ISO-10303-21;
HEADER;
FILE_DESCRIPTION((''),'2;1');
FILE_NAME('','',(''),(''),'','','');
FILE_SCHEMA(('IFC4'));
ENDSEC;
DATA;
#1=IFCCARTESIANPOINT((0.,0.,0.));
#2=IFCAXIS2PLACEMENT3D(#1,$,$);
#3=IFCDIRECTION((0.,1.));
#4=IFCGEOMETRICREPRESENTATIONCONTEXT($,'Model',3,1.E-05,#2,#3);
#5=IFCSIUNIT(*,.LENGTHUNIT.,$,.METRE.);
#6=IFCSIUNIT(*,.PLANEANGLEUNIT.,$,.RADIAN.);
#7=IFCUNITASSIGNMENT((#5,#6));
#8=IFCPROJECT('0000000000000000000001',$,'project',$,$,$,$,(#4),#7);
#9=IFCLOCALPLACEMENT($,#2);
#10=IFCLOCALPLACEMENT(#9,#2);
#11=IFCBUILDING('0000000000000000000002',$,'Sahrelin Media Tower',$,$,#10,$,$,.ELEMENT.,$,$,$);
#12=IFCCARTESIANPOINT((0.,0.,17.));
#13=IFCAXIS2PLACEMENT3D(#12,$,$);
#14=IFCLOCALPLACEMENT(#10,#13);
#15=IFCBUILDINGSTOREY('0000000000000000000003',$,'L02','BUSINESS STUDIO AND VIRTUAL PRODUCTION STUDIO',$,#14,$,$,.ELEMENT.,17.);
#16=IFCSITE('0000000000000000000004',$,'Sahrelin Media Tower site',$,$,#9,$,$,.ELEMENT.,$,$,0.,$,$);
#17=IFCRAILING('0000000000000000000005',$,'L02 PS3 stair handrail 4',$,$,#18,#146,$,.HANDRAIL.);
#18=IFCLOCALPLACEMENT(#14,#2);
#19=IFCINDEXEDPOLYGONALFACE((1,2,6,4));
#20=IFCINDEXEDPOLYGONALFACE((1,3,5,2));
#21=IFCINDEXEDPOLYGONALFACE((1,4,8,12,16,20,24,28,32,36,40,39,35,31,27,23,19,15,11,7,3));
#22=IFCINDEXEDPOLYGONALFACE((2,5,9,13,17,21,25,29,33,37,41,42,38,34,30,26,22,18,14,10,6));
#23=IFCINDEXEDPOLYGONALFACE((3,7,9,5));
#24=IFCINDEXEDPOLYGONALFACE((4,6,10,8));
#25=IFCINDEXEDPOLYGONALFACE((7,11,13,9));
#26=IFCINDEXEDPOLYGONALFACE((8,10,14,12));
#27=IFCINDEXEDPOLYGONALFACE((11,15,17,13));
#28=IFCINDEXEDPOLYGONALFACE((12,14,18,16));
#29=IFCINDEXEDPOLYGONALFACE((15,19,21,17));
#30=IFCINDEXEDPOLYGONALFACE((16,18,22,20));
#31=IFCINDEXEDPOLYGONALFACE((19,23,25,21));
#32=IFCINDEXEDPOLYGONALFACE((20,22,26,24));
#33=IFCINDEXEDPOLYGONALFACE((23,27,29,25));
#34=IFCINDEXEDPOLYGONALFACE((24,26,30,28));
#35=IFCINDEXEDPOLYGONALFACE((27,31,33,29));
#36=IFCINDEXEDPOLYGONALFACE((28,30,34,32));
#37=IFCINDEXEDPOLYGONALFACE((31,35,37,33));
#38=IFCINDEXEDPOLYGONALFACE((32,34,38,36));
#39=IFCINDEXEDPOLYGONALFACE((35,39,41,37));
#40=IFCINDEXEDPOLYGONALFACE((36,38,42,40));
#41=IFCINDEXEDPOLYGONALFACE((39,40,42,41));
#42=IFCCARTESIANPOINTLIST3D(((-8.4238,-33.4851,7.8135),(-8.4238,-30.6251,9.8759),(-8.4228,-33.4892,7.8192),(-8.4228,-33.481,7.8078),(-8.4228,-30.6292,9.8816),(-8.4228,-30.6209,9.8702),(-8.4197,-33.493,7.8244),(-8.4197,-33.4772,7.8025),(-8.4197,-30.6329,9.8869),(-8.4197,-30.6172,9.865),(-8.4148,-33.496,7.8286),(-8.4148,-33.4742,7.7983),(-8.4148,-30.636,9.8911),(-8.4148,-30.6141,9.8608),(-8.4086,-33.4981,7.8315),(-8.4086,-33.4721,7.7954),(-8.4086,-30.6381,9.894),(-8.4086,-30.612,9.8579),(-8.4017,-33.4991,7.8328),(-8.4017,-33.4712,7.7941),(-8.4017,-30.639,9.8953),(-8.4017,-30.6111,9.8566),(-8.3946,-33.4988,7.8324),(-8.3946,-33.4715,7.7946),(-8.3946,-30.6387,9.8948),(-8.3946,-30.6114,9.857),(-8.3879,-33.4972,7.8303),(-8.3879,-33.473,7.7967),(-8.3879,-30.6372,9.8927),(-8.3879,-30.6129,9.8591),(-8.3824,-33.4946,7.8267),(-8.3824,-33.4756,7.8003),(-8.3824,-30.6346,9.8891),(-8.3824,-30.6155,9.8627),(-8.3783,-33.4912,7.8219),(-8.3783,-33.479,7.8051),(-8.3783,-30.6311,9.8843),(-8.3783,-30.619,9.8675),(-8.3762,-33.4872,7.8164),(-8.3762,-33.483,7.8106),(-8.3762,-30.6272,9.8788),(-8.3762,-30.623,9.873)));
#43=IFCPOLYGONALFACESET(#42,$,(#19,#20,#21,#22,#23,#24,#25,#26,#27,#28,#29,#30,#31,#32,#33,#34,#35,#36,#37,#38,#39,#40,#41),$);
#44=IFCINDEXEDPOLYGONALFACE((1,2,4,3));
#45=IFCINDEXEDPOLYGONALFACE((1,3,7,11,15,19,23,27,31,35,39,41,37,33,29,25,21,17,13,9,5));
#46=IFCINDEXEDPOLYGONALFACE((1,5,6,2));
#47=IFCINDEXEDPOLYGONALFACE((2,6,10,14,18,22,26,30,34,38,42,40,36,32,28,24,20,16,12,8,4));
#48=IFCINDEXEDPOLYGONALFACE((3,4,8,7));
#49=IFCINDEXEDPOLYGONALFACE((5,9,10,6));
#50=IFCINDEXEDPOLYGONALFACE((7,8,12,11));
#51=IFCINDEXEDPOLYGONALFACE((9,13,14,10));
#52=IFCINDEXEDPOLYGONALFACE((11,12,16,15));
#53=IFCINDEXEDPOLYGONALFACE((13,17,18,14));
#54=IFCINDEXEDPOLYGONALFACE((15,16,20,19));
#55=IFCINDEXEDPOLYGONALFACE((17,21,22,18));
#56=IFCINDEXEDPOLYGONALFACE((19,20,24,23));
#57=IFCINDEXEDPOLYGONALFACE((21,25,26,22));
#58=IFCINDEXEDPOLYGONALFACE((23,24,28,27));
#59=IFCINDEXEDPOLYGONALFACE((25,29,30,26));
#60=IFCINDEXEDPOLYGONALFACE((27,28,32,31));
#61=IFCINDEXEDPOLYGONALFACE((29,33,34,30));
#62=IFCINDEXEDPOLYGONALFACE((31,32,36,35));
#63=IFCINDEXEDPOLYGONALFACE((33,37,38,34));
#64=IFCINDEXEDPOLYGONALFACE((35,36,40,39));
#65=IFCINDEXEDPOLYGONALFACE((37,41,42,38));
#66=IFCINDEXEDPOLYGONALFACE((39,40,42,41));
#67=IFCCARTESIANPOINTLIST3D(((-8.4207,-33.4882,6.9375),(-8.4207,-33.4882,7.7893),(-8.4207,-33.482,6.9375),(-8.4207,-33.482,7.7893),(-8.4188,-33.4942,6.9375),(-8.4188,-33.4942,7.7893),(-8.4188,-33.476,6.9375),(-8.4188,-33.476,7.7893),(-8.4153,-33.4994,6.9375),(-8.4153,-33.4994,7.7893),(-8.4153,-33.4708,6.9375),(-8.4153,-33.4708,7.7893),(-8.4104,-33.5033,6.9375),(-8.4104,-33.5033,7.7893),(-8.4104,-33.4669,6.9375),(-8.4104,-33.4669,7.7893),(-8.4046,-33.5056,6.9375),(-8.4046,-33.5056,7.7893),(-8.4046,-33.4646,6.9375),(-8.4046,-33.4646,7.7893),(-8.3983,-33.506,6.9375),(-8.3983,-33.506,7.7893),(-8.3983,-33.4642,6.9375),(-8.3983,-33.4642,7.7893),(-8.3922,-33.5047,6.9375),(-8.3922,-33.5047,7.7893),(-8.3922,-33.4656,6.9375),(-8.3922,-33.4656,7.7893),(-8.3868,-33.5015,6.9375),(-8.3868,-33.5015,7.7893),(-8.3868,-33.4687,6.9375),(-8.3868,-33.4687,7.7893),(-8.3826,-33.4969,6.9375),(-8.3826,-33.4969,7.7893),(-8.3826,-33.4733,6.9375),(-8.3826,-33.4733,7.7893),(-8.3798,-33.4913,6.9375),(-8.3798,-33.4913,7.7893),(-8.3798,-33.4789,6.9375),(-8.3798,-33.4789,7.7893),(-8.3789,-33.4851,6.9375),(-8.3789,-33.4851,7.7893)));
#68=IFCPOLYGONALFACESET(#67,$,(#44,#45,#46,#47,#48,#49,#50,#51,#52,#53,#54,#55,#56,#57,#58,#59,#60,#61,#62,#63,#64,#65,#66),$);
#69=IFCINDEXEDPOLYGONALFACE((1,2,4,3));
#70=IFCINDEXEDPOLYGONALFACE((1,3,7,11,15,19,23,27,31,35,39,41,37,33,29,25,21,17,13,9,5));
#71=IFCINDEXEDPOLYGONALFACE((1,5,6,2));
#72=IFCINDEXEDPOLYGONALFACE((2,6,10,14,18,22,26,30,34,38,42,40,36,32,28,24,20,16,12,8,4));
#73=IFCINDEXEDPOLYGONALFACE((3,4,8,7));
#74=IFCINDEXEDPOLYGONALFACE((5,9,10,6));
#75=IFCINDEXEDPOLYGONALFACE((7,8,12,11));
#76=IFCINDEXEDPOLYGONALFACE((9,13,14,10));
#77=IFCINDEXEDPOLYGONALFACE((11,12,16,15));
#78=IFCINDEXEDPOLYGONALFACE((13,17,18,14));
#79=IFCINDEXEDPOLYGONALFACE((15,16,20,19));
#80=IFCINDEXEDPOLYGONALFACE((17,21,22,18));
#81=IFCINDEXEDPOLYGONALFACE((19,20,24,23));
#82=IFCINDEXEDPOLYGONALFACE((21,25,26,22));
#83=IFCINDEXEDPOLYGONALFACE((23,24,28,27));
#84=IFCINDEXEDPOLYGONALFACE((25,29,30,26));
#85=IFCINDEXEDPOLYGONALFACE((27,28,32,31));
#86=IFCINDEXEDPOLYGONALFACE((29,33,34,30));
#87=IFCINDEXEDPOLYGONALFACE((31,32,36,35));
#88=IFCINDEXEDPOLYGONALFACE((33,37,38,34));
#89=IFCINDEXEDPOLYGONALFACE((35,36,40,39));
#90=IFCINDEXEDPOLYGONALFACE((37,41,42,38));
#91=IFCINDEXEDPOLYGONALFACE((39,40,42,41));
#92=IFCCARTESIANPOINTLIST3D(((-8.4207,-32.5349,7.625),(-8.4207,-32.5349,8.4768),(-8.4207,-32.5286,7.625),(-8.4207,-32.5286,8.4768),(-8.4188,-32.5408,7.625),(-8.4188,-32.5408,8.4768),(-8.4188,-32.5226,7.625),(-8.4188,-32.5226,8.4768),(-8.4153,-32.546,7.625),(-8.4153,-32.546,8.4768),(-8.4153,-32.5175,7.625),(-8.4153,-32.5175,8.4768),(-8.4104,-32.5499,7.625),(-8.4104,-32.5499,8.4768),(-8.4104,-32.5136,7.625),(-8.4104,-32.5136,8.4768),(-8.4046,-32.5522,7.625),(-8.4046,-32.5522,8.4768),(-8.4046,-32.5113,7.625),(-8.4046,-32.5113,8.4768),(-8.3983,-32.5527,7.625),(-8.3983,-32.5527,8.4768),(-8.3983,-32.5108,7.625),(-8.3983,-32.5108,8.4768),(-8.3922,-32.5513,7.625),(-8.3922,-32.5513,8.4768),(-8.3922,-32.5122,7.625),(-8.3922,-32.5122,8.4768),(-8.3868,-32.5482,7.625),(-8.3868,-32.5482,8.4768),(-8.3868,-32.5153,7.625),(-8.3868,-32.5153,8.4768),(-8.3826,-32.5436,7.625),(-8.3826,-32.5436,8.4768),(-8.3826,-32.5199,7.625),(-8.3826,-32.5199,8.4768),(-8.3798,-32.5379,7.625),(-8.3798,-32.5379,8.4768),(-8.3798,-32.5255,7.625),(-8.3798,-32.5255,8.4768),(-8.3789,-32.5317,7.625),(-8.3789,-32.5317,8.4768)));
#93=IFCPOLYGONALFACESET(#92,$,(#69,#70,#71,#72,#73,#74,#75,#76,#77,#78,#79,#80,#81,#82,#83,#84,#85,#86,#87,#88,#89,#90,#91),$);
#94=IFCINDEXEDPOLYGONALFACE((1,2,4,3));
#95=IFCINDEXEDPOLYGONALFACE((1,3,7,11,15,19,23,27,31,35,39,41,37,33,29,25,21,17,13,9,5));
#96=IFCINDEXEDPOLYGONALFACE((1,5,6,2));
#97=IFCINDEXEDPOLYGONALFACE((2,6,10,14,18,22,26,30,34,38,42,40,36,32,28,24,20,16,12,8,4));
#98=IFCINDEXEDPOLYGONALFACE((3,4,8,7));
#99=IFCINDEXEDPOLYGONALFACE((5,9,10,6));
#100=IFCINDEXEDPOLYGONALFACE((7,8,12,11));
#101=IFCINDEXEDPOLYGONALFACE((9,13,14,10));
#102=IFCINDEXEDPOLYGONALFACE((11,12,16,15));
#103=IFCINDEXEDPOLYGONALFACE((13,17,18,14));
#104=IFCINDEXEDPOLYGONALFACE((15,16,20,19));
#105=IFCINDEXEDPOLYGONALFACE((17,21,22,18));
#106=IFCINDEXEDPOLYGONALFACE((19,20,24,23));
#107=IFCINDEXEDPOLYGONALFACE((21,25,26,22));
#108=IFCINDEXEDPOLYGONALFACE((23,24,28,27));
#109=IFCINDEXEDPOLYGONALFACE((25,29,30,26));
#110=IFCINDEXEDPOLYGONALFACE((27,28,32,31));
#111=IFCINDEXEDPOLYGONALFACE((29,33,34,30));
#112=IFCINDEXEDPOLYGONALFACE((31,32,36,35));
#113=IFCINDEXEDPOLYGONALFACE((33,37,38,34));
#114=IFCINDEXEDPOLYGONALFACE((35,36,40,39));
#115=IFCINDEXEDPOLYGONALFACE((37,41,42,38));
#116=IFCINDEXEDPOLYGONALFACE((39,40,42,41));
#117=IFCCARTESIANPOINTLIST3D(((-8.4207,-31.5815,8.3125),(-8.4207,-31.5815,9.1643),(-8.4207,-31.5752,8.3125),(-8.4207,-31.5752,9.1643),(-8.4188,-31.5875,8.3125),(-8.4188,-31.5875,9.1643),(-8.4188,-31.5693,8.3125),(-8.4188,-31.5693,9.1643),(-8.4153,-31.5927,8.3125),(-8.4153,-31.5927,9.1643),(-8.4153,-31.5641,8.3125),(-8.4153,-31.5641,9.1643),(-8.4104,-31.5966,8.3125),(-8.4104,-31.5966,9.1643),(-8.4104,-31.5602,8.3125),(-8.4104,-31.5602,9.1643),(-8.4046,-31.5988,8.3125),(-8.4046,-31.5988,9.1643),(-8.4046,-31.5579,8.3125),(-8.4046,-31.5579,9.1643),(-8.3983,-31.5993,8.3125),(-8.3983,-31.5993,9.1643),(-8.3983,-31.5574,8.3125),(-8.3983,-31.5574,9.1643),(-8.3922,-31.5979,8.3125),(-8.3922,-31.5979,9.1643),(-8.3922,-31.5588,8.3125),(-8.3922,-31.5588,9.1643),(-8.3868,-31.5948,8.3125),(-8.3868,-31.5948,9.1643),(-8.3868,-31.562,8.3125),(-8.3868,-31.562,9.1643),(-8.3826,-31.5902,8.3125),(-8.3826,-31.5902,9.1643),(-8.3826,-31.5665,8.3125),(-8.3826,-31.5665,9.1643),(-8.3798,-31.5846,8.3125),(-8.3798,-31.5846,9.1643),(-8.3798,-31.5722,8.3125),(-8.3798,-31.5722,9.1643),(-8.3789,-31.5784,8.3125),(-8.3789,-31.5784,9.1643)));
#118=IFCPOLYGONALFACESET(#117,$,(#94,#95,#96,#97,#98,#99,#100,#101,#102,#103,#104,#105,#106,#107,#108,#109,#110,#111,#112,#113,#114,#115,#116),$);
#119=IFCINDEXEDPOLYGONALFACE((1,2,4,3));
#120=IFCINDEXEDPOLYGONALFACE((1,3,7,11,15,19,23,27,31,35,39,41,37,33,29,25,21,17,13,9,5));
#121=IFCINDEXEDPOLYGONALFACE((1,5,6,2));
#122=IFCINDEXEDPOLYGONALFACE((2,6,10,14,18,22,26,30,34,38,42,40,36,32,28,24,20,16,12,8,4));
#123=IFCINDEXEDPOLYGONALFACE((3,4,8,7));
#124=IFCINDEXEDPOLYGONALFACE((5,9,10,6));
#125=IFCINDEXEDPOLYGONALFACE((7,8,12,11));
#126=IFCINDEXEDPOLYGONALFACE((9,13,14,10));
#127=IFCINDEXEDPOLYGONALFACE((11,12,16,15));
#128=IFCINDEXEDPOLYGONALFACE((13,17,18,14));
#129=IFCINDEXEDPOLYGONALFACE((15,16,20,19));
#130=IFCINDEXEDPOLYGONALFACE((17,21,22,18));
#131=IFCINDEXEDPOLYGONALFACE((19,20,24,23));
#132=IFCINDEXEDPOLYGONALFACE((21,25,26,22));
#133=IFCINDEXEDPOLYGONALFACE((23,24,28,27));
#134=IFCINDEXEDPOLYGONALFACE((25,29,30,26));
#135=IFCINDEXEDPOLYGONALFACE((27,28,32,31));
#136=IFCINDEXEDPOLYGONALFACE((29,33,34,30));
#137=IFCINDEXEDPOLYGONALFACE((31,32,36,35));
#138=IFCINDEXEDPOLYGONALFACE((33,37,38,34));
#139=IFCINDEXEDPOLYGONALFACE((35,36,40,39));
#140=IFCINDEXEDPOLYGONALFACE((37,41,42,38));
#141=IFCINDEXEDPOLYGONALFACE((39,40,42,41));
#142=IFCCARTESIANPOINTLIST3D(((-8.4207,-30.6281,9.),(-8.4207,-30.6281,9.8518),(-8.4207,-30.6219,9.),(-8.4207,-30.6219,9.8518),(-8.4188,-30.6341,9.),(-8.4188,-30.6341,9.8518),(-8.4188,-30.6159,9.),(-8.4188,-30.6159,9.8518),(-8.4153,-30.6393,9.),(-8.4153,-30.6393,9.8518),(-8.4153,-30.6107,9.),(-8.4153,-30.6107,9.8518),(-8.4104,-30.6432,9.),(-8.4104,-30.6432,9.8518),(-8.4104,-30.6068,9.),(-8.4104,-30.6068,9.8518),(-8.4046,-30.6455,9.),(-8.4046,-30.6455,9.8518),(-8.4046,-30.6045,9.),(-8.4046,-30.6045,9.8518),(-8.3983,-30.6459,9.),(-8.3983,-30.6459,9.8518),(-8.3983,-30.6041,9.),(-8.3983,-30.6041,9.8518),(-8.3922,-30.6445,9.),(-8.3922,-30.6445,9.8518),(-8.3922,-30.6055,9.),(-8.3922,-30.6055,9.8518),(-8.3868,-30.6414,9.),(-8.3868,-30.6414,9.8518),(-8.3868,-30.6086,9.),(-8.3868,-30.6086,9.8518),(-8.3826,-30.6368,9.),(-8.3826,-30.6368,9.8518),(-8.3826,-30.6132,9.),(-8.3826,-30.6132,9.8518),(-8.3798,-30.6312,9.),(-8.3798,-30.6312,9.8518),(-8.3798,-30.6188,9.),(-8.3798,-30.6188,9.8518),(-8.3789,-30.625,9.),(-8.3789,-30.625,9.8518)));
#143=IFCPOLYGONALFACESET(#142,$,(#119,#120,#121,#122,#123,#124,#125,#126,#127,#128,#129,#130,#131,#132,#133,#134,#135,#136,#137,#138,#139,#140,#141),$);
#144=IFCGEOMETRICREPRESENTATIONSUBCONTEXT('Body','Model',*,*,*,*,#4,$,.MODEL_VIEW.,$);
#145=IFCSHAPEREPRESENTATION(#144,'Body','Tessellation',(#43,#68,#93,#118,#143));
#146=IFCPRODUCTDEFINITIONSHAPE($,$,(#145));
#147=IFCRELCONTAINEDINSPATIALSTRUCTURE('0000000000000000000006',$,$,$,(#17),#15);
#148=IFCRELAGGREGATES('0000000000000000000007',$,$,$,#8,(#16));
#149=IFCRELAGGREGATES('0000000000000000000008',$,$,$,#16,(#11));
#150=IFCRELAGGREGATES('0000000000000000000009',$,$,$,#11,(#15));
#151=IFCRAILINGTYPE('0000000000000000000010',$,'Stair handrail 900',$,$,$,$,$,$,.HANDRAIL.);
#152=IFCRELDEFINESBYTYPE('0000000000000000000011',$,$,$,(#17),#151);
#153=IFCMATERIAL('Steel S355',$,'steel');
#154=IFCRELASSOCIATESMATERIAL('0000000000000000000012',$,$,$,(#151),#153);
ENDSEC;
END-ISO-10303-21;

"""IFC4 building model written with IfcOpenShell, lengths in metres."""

from ifc_helpers import new_model, si_unit, direction, frame, origin, origin_2d, place, context, subcontext, project, spatial, circle, extrude, material, type_object, element, save


model = new_model("IFC4")

# Units and contexts
model_context = context("Model", 3, precision=1e-05, world=origin(), true_north=direction((0.0, 1.0)))
body_context = subcontext(model_context, "Body", "Model", "MODEL_VIEW")
ifc_project = project(units=[si_unit("LENGTHUNIT", "METRE"), si_unit("PLANEANGLEUNIT", "RADIAN")], contexts=[model_context])

# Site, building, storey
site_placement = place(None, origin())
site = spatial("IfcSite", under=ifc_project, at=site_placement, Name="Sahrelin Media Tower site", CompositionType="ELEMENT", RefElevation=0.0)
building_placement = place(site_placement, origin())
building = spatial("IfcBuilding", under=site, at=building_placement, Name="Sahrelin Media Tower", CompositionType="ELEMENT")
storey_placement = place(building_placement, frame((0.0, 0.0, 17.0)))
storey = spatial("IfcBuildingStorey", under=building, at=storey_placement, Name="L02", Description="BUSINESS STUDIO AND VIRTUAL PRODUCTION STUDIO", CompositionType="ELEMENT", Elevation=17.0)

# Shared definitions
ifc_material_1 = material(Name="Steel S355", Category="steel")

# Railing
railing_type_1 = type_object("IfcRailingType", Name="Stair handrail 900", PredefinedType="HANDRAIL", material=ifc_material_1)
railing_1_placement = place(storey_placement, frame((-8.3999, -33.4851, 6.9375)))
element("IfcRailing", 1, at=railing_1_placement, inside=storey, type_object=railing_type_1, Name="L02 PS3 stair handrail 4", PredefinedType="HANDRAIL", context=body_context, shape_type="SweptSolid", body=[
    extrude(circle(Radius=0.0239, at=origin_2d()), frame((0.0, 0.0, 0.876), z_axis=(0.0, 0.811101, 0.584906), x_axis=(-1.0, 0.0, 0.0)), (0.0, 0.0, 1.0), 3.5261),
    extrude(circle(Radius=0.021, at=origin_2d()), origin(), (0.0, 0.0, 1.0), 0.8518),
    extrude(circle(Radius=0.021, at=origin_2d()), frame((0.0, 0.9534, 0.6875)), (0.0, 0.0, 1.0), 0.8518),
    extrude(circle(Radius=0.021, at=origin_2d()), frame((0.0, 1.9067, 1.375)), (0.0, 0.0, 1.0), 0.8518),
    extrude(circle(Radius=0.021, at=origin_2d()), frame((0.0, 2.8601, 2.0625)), (0.0, 0.0, 1.0), 0.8518),
])

save(model, "model.ifc")
